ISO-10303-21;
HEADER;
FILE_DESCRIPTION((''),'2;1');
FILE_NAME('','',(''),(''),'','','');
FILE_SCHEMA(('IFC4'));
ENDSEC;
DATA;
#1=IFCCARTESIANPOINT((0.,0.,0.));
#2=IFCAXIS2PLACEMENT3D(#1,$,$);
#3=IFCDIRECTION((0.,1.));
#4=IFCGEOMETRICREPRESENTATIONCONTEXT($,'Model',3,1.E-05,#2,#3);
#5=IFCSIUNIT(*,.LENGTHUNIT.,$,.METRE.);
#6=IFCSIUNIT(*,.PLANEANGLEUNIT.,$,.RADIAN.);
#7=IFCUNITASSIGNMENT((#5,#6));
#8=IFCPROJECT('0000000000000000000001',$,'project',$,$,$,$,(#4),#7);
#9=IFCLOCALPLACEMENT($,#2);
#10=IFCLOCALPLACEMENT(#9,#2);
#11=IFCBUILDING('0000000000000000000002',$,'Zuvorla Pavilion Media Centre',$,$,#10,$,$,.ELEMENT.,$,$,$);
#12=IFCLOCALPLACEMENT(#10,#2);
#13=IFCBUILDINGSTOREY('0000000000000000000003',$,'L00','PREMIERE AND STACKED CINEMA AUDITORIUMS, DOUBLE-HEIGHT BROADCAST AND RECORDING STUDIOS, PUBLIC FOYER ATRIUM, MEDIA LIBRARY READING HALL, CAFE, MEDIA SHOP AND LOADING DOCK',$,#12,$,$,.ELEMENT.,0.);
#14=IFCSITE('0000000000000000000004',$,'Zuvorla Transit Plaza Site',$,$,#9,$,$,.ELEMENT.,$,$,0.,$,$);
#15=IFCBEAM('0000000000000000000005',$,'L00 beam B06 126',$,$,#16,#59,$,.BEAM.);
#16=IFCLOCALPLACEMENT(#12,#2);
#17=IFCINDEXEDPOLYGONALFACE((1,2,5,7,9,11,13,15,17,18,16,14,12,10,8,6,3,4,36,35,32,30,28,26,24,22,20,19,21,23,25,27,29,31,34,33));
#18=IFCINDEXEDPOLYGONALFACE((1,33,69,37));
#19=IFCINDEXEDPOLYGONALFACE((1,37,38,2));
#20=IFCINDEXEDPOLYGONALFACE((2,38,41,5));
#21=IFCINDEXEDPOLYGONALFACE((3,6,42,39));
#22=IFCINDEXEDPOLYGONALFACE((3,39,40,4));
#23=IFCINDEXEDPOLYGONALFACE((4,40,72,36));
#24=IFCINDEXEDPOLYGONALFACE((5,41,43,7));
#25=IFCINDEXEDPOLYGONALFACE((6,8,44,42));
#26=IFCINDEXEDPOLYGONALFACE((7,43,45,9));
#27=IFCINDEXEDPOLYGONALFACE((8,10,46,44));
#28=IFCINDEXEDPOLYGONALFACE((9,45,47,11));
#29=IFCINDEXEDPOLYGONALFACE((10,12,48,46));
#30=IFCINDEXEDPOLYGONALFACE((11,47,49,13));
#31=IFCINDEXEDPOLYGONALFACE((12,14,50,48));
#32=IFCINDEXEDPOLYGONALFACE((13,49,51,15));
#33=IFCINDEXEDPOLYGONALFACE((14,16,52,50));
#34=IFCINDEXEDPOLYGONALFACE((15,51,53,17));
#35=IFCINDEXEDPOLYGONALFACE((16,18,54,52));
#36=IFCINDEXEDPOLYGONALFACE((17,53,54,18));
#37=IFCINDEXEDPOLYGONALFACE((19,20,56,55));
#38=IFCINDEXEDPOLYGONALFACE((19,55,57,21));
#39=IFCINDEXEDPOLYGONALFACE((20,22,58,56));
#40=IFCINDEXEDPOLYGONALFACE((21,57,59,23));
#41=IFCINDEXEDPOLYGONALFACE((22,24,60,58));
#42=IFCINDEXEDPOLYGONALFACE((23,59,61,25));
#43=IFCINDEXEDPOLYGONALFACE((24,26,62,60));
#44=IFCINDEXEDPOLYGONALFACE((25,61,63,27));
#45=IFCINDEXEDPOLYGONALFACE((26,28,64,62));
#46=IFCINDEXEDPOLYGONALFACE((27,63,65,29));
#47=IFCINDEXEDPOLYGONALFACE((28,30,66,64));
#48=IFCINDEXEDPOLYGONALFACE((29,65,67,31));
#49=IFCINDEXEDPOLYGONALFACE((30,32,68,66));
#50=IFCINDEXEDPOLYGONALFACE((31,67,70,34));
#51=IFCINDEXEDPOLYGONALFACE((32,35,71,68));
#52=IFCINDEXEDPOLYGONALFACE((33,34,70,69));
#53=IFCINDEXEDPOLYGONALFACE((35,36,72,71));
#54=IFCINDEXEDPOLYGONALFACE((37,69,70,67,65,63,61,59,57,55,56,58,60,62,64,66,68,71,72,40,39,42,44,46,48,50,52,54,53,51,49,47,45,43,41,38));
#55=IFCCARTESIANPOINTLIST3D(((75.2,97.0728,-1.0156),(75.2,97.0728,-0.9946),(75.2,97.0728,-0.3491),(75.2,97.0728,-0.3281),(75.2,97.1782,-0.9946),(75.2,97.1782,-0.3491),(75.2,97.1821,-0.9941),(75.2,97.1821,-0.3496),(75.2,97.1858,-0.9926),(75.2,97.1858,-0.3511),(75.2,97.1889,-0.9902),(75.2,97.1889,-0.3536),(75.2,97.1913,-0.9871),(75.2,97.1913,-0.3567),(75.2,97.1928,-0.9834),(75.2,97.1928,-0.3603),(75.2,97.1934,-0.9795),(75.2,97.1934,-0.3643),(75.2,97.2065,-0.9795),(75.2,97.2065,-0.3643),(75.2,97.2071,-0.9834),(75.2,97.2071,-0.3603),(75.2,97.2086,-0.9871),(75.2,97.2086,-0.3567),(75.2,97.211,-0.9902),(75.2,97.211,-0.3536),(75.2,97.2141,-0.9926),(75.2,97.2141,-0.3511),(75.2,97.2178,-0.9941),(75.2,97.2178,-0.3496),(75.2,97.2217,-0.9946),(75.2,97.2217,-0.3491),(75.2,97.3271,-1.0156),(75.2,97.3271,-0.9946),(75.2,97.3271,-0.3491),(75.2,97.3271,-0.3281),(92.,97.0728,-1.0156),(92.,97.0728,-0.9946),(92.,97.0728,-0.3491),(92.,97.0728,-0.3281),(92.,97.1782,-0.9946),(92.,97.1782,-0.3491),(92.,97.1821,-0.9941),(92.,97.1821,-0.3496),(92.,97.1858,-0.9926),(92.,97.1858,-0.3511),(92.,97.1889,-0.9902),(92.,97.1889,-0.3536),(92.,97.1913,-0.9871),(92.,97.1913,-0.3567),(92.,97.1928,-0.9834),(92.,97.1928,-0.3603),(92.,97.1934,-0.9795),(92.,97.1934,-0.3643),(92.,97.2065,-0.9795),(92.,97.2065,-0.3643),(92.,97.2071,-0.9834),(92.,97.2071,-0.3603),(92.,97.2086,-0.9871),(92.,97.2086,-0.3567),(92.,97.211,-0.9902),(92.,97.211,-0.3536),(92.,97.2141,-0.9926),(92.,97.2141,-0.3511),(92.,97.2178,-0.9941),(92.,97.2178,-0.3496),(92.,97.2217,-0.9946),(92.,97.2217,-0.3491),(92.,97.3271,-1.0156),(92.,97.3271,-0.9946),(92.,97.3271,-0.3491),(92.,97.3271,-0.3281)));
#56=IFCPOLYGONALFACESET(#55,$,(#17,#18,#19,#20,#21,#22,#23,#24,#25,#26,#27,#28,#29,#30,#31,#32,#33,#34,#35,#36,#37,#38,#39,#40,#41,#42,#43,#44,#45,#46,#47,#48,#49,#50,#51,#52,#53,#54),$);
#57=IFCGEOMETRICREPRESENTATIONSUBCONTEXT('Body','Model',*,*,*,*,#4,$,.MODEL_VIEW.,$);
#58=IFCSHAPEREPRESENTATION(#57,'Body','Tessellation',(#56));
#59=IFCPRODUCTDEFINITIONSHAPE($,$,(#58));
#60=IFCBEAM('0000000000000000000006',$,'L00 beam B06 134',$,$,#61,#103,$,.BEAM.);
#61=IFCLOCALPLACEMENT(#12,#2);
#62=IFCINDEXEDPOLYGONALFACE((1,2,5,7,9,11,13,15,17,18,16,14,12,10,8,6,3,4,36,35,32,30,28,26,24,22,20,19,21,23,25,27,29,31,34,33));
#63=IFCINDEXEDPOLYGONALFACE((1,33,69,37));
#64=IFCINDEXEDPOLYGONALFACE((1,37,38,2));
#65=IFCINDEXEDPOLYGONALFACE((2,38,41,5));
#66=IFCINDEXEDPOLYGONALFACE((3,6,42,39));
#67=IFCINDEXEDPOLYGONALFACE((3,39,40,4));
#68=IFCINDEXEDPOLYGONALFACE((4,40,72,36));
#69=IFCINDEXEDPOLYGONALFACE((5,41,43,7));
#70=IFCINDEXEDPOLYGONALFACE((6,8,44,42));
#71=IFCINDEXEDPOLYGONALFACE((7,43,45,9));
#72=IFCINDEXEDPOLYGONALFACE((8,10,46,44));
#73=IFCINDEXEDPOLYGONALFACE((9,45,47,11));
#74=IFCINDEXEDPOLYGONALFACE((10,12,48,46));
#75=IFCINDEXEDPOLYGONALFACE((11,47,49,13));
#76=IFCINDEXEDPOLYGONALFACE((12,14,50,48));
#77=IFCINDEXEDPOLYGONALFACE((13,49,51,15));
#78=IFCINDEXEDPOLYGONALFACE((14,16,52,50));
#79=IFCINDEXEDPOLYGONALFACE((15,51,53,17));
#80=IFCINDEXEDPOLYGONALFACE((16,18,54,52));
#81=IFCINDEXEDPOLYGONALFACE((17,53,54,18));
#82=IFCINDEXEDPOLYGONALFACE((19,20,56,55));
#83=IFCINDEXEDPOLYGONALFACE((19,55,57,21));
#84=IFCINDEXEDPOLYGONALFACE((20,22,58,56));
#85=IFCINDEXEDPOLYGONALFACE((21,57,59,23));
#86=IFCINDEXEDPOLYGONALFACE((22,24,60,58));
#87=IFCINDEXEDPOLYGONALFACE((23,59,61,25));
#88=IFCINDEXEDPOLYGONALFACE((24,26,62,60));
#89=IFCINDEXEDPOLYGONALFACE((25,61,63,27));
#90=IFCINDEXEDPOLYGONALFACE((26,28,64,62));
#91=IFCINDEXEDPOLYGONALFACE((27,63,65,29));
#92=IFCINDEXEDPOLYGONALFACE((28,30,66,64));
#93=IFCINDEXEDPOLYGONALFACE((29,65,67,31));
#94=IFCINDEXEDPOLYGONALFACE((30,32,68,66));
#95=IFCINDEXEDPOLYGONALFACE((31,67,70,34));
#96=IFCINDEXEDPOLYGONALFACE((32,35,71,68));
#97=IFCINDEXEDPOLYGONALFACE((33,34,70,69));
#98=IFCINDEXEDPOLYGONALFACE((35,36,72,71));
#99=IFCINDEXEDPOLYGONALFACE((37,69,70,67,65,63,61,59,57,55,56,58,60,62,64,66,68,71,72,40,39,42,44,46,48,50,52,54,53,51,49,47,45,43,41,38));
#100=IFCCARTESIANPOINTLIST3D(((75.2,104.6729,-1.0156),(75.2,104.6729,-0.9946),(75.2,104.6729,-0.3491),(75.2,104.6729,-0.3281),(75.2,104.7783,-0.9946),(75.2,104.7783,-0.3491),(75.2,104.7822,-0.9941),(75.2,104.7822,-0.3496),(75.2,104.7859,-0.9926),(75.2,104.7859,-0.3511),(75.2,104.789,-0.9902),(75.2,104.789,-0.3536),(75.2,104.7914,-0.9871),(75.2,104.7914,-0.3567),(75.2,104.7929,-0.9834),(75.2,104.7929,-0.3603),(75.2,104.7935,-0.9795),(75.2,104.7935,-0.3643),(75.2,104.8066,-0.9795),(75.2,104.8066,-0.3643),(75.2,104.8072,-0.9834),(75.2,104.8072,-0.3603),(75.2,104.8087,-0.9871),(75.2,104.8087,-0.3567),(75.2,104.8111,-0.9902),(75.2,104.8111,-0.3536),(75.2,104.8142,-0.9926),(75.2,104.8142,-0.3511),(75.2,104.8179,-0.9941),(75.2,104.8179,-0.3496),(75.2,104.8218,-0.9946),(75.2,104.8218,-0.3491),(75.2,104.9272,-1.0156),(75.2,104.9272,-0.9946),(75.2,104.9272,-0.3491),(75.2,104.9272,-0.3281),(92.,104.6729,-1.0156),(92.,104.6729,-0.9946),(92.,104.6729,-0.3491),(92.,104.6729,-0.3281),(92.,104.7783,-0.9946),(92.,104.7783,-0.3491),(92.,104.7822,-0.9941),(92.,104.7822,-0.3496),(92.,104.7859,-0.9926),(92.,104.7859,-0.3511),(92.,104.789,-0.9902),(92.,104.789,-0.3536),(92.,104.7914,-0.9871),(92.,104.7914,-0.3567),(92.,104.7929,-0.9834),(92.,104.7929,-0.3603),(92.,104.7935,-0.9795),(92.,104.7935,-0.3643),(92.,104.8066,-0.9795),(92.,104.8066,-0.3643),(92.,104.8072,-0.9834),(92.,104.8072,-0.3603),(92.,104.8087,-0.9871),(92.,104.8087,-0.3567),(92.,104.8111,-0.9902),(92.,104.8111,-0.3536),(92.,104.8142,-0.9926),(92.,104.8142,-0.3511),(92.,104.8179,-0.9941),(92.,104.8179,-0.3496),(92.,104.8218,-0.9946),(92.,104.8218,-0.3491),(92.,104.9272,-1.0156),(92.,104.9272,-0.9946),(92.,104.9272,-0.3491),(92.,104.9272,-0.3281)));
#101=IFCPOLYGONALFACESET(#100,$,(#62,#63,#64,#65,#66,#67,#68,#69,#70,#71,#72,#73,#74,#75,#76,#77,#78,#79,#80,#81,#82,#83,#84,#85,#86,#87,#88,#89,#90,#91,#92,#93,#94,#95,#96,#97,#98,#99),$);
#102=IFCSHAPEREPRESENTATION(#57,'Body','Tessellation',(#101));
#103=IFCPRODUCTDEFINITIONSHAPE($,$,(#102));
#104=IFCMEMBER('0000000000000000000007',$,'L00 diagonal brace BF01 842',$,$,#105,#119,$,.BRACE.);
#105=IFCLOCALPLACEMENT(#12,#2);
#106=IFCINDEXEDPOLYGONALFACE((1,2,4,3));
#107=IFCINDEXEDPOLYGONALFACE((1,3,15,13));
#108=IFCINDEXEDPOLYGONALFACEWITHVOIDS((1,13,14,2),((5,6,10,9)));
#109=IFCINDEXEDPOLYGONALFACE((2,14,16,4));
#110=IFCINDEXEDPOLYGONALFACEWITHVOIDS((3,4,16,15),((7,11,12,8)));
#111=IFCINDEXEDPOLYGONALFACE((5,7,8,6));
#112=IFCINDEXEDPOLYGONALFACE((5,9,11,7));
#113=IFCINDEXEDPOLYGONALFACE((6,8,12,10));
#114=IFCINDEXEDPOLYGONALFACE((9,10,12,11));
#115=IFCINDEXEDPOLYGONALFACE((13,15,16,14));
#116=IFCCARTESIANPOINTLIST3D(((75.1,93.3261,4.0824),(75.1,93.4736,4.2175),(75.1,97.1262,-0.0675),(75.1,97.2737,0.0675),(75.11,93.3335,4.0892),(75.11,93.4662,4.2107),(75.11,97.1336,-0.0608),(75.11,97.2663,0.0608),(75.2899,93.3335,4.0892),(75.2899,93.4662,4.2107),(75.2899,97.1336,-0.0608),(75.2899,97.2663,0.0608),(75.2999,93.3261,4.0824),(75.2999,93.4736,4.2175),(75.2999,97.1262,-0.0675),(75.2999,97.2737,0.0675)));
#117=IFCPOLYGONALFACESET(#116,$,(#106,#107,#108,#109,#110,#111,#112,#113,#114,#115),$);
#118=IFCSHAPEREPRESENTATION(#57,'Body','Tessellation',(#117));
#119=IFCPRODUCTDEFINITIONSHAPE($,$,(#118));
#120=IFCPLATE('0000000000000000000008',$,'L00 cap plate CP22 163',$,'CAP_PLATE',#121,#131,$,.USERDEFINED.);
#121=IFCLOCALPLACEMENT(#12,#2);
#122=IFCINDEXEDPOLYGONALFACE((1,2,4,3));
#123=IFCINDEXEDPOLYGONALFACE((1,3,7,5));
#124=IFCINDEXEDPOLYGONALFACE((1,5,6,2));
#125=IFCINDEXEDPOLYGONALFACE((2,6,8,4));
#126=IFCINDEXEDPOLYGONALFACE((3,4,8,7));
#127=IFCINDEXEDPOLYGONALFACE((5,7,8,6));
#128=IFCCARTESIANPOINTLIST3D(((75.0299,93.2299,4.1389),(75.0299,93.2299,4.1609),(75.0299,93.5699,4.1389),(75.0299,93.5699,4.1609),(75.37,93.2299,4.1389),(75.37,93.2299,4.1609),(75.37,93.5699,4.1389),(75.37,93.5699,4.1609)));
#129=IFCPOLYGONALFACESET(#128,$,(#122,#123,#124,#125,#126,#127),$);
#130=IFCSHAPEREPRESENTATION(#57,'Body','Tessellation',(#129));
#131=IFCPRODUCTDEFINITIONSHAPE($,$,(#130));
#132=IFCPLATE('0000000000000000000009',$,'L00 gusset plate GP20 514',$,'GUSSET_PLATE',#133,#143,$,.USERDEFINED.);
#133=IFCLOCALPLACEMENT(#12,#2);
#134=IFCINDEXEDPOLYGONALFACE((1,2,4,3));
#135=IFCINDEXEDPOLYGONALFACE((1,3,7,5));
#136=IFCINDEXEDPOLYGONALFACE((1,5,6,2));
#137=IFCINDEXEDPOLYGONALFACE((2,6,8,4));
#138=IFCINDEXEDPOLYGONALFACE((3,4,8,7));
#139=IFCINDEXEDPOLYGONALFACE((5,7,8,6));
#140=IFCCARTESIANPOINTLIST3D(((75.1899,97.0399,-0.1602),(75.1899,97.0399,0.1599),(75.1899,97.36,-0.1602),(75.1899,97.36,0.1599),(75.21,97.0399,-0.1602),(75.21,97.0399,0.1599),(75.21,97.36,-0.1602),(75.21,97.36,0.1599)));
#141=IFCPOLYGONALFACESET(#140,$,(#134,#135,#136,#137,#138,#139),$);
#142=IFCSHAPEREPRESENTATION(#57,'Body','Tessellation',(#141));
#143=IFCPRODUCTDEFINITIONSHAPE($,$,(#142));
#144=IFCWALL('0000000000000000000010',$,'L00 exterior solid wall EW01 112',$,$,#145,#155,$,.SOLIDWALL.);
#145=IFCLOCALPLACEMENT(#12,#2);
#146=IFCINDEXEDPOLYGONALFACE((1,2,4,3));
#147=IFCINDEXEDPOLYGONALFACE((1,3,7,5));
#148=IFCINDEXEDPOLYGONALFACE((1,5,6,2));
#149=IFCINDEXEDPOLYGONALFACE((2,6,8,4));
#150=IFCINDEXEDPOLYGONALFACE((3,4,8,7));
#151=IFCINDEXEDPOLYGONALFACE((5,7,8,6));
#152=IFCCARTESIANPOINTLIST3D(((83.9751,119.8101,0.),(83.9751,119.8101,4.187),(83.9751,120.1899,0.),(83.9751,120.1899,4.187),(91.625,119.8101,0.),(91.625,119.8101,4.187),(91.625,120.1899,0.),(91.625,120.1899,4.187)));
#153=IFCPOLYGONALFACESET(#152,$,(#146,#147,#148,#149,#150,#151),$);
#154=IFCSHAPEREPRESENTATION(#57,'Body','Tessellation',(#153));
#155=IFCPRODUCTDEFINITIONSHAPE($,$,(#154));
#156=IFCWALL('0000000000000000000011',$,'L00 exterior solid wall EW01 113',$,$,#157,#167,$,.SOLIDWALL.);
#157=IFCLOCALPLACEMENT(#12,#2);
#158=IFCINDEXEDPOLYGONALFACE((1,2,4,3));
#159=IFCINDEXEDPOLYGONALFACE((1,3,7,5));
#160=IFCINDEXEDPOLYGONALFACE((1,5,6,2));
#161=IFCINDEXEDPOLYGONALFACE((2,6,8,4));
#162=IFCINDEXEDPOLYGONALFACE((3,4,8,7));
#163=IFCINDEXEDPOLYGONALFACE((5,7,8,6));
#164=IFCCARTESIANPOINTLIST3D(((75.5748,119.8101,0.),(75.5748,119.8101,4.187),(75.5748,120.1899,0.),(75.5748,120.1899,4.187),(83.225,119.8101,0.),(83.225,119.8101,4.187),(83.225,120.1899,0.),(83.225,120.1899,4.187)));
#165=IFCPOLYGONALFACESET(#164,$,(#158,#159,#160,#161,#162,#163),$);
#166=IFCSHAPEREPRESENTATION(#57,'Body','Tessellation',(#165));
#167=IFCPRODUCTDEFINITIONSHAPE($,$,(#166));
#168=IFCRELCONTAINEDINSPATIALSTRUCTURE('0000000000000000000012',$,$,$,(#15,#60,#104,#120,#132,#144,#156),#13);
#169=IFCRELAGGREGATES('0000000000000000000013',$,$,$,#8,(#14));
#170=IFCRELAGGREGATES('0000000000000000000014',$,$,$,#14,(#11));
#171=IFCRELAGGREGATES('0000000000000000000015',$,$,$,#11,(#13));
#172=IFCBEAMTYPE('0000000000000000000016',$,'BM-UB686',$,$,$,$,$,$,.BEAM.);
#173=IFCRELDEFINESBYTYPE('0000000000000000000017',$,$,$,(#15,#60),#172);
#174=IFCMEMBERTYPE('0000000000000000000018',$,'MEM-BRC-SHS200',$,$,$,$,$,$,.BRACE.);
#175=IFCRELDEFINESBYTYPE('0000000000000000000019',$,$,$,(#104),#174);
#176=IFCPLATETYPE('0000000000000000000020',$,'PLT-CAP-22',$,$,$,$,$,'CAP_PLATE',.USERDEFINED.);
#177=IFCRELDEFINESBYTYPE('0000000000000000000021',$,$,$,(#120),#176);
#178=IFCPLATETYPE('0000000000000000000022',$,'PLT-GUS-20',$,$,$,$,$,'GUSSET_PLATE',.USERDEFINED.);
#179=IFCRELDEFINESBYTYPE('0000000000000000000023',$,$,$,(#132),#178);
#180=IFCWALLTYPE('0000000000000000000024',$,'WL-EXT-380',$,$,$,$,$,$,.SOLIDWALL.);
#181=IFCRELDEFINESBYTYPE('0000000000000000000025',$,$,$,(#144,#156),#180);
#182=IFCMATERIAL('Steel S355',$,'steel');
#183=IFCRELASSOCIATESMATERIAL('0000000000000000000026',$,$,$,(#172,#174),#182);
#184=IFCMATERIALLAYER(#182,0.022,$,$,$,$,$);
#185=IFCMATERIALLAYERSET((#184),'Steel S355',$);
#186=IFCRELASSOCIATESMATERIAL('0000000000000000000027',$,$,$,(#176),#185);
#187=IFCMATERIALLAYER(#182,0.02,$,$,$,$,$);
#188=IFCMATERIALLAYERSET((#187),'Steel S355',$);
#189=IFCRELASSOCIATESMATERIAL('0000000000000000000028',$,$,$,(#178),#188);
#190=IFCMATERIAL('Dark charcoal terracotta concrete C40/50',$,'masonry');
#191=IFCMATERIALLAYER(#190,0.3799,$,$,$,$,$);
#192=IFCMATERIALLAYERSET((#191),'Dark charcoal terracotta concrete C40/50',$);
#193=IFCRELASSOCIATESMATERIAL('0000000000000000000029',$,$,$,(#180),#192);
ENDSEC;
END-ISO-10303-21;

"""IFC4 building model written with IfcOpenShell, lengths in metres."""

from ifc_helpers import new_model, si_unit, direction, frame, frame_2d, origin, origin_2d, place, context, subcontext, project, spatial, rectangle, hollow_rectangle, i_section, extrude, material, layer, layer_set, material_profile, profile_set, type_object, element, save


model = new_model("IFC4")

# Units and contexts
model_context = context("Model", 3, precision=1e-05, world=origin(), true_north=direction((0.0, 1.0)))
body_context = subcontext(model_context, "Body", "Model", "MODEL_VIEW")
ifc_project = project(units=[si_unit("LENGTHUNIT", "METRE"), si_unit("PLANEANGLEUNIT", "RADIAN")], contexts=[model_context])

# Site, building, storey
site_placement = place(None, origin())
site = spatial("IfcSite", under=ifc_project, at=site_placement, Name="Zuvorla Transit Plaza Site", CompositionType="ELEMENT", RefElevation=0.0)
building_placement = place(site_placement, origin())
building = spatial("IfcBuilding", under=site, at=building_placement, Name="Zuvorla Pavilion Media Centre", CompositionType="ELEMENT")
storey_placement = place(building_placement, origin())
storey = spatial("IfcBuildingStorey", under=building, at=storey_placement, Name="L00", Description="PREMIERE AND STACKED CINEMA AUDITORIUMS, DOUBLE-HEIGHT BROADCAST AND RECORDING STUDIOS, PUBLIC FOYER ATRIUM, MEDIA LIBRARY READING HALL, CAFE, MEDIA SHOP AND LOADING DOCK", CompositionType="ELEMENT", Elevation=0.0)

# Beams
ifc_material_1 = material(Name="Steel S355", Category="steel")
ifc_material_profile_1 = material_profile(ifc_material_1, i_section(OverallWidth=0.2544, OverallDepth=0.6875, WebThickness=0.0132, FlangeThickness=0.021, FilletRadius=0.0151, at=origin_2d()), Name="UB 686x254x152")
ifc_profile_set_1 = profile_set([ifc_material_profile_1], Name="Steel S355")
beam_type_1 = type_object("IfcBeamType", Name="BM-UB686", PredefinedType="BEAM", material=ifc_profile_set_1)
for number, where, z_axis, x_axis, name in (
    (1, (75.2, 97.2, -0.6719), (1.0, 0.0, 0.0), (0.0, 1.0, 0.0), "L00 beam B06 126"),
    (2, (75.2, 104.8, -0.6719), (1.0, 0.0, 0.0), (0.0, 1.0, 0.0), "L00 beam B06 134"),
):
    element("IfcBeam", number, at=place(storey_placement, frame(where, z_axis=z_axis, x_axis=x_axis)), inside=storey, type_object=beam_type_1, Name=name, PredefinedType="BEAM", context=body_context, shape_type="SweptSolid", body=[
        extrude(i_section(OverallWidth=0.2544, OverallDepth=0.6875, WebThickness=0.0132, FlangeThickness=0.021, FilletRadius=0.0151, at=origin_2d()), origin(), (0.0, 0.0, 1.0), 16.8),
    ])

# Member
ifc_material_profile_2 = material_profile(ifc_material_1, hollow_rectangle(XDim=0.2, YDim=0.2, WallThickness=0.01, at=origin_2d()), Name="SHS 200x200x10")
ifc_profile_set_2 = profile_set([ifc_material_profile_2], Name="Steel S355")
member_type = type_object("IfcMemberType", Name="MEM-BRC-SHS200", PredefinedType="BRACE", material=ifc_profile_set_2)
member_placement = place(storey_placement, frame((75.2, 97.2, 0.0), z_axis=(0.0, -0.675336, 0.737511), x_axis=(1.0, 0.0, 0.0)))
element("IfcMember", 3, at=member_placement, inside=storey, type_object=member_type, Name="L00 diagonal brace BF01 842", PredefinedType="BRACE", context=body_context, shape_type="SweptSolid", body=[
    extrude(hollow_rectangle(XDim=0.2, YDim=0.2, WallThickness=0.01, at=origin_2d()), origin(), (0.0, 0.0, 1.0), 5.627),
])

# Plates
ifc_layer_1 = layer(ifc_material_1, 0.022)
ifc_layer_set_1 = layer_set([ifc_layer_1], Name="Steel S355")
plate_type_1 = type_object("IfcPlateType", Name="PLT-CAP-22", ElementType="CAP_PLATE", PredefinedType="USERDEFINED", material=ifc_layer_set_1)
plate_1_placement = place(storey_placement, frame((75.2, 93.3999, 4.1389), z_axis=(0.0, 0.0, 1.0), x_axis=(1.0, 0.0, 0.0)))
element("IfcPlate", 4, at=plate_1_placement, inside=storey, type_object=plate_type_1, Name="L00 cap plate CP22 163", ObjectType="CAP_PLATE", PredefinedType="USERDEFINED", context=body_context, shape_type="SweptSolid", body=[
    extrude(rectangle(XDim=0.3401, YDim=0.3401, at=origin_2d()), origin(), (0.0, 0.0, 1.0), 0.022),
])
ifc_layer_2 = layer(ifc_material_1, 0.02)
ifc_layer_set_2 = layer_set([ifc_layer_2], Name="Steel S355")
plate_type_2 = type_object("IfcPlateType", Name="PLT-GUS-20", ElementType="GUSSET_PLATE", PredefinedType="USERDEFINED", material=ifc_layer_set_2)
plate_2_placement = place(storey_placement, frame((75.2, 97.2, -0.1602), z_axis=(0.0, 0.0, 1.0), x_axis=(1.0, 0.0, 0.0)))
element("IfcPlate", 5, at=plate_2_placement, inside=storey, type_object=plate_type_2, Name="L00 gusset plate GP20 514", ObjectType="GUSSET_PLATE", PredefinedType="USERDEFINED", context=body_context, shape_type="SweptSolid", body=[
    extrude(rectangle(XDim=0.02, YDim=0.3201, at=origin_2d()), origin(), (0.0, 0.0, 1.0), 0.3201),
])

# Walls
ifc_material_2 = material(Name="Dark charcoal terracotta concrete C40/50", Category="masonry")
ifc_layer_3 = layer(ifc_material_2, 0.3799)
ifc_layer_set_3 = layer_set([ifc_layer_3], Name="Dark charcoal terracotta concrete C40/50")
wall_type_1 = type_object("IfcWallType", Name="WL-EXT-380", PredefinedType="SOLIDWALL", material=ifc_layer_set_3)
wall_1_placement = place(storey_placement, frame((91.625, 120.0, 0.0), z_axis=(0.0, 0.0, 1.0), x_axis=(-1.0, 0.0, 0.0)))
element("IfcWall", 6, at=wall_1_placement, inside=storey, type_object=wall_type_1, Name="L00 exterior solid wall EW01 112", PredefinedType="SOLIDWALL", context=body_context, shape_type="SweptSolid", body=[
    extrude(rectangle(XDim=7.6499, YDim=0.3799, at=frame_2d((3.825, 0.0))), origin(), (0.0, 0.0, 1.0), 4.187),
])
wall_2_placement = place(storey_placement, frame((83.2251, 120.0, 0.0), z_axis=(0.0, 0.0, 1.0), x_axis=(-1.0, 0.0, 0.0)))
element("IfcWall", 7, at=wall_2_placement, inside=storey, type_object=wall_type_1, Name="L00 exterior solid wall EW01 113", PredefinedType="SOLIDWALL", context=body_context, shape_type="SweptSolid", body=[
    extrude(rectangle(XDim=7.6501, YDim=0.3799, at=frame_2d((3.8252, 0.0))), origin(), (0.0, 0.0, 1.0), 4.187),
])

save(model, "model.ifc")
